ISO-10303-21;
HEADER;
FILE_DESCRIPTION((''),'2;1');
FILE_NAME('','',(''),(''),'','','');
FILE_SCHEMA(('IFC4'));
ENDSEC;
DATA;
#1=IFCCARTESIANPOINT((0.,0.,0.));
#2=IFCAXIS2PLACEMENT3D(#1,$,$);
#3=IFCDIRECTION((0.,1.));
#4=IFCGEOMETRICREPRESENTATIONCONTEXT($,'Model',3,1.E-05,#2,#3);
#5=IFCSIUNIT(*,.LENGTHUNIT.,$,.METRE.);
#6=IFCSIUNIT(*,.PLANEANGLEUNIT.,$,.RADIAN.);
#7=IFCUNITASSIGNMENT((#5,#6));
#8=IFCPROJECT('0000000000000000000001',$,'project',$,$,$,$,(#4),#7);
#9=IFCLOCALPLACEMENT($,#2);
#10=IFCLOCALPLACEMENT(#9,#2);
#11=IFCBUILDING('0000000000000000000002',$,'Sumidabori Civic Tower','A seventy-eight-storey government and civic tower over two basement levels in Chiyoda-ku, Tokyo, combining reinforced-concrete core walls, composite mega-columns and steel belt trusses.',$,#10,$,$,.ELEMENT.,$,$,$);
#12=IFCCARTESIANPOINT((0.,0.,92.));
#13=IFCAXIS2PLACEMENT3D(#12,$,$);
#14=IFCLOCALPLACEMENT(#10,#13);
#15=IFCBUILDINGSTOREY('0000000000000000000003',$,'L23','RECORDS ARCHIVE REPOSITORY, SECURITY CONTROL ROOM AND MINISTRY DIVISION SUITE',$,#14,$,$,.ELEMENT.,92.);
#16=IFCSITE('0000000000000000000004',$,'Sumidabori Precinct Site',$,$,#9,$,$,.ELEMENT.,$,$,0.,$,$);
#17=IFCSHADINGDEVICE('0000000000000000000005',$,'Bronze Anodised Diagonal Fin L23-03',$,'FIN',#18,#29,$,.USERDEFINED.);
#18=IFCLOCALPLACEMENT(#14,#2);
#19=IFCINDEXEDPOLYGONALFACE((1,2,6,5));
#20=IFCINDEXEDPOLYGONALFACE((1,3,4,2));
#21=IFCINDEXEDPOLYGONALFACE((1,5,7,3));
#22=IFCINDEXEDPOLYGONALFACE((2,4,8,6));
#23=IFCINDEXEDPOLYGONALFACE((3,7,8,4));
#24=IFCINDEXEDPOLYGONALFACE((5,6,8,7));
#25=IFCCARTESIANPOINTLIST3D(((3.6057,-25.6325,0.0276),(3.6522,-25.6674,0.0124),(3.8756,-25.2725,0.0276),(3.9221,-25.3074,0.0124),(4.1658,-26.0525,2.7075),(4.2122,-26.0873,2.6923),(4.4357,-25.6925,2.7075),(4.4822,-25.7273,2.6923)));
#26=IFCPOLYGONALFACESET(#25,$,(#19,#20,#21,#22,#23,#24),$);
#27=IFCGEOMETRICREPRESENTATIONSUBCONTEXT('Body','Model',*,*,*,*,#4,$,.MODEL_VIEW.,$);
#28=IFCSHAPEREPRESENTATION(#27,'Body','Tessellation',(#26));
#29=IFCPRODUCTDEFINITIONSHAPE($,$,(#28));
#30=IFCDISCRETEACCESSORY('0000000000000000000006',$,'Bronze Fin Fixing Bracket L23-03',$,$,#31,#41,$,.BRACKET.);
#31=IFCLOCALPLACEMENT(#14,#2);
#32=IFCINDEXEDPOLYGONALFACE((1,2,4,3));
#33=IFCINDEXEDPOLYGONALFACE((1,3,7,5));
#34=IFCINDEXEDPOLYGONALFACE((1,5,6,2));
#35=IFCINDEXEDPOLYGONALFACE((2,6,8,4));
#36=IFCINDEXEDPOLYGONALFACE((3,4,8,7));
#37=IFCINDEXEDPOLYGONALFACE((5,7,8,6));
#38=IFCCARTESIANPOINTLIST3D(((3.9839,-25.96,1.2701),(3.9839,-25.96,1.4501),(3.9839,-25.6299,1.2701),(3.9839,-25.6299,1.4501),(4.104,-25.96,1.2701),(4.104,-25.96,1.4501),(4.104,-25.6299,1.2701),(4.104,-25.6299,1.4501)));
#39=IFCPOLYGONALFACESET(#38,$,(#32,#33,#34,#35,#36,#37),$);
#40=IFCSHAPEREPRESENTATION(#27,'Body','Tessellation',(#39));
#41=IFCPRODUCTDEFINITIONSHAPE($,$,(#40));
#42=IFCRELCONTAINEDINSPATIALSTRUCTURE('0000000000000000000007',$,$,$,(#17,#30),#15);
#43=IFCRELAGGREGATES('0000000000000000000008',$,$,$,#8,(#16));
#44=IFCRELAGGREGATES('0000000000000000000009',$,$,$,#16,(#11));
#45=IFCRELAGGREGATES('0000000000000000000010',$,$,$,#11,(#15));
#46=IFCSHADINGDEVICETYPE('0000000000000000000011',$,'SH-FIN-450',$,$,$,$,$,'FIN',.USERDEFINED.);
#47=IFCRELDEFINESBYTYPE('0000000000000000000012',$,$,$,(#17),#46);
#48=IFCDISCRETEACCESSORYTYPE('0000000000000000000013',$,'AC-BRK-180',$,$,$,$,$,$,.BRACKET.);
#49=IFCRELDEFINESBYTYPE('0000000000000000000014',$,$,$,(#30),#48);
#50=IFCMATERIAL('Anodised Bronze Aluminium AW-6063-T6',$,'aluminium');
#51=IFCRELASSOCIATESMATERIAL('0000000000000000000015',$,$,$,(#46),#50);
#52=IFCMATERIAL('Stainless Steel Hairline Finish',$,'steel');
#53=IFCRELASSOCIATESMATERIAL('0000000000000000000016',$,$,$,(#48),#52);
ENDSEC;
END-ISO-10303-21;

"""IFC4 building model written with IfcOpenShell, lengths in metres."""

from ifc_helpers import new_model, si_unit, direction, frame, origin, origin_2d, place, context, subcontext, project, spatial, rectangle, extrude, source, transform, mapped, material, material_profile, profile_set, type_object, element, save


model = new_model("IFC4")

# Units and contexts
model_context = context("Model", 3, precision=1e-05, world=origin(), true_north=direction((0.0, 1.0)))
body_context = subcontext(model_context, "Body", "Model", "MODEL_VIEW")
ifc_project = project(units=[si_unit("LENGTHUNIT", "METRE"), si_unit("PLANEANGLEUNIT", "RADIAN")], contexts=[model_context])

# Site, building, storey
site_placement = place(None, origin())
site = spatial("IfcSite", under=ifc_project, at=site_placement, Name="Sumidabori Precinct Site", CompositionType="ELEMENT", RefElevation=0.0)
building_placement = place(site_placement, origin())
building = spatial("IfcBuilding", under=site, at=building_placement, Name="Sumidabori Civic Tower", Description="A seventy-eight-storey government and civic tower over two basement levels in Chiyoda-ku, Tokyo, combining reinforced-concrete core walls, composite mega-columns and steel belt trusses.", CompositionType="ELEMENT")
storey_placement = place(building_placement, frame((0.0, 0.0, 92.0)))
storey = spatial("IfcBuildingStorey", under=building, at=storey_placement, Name="L23", Description="RECORDS ARCHIVE REPOSITORY, SECURITY CONTROL ROOM AND MINISTRY DIVISION SUITE", CompositionType="ELEMENT", Elevation=92.0)

# Shared definitions
ifc_material_1 = material(Name="Anodised Bronze Aluminium AW-6063-T6", Category="aluminium")

# Shading device
ifc_material_profile_1 = material_profile(ifc_material_1, rectangle(XDim=0.0601, YDim=0.45, at=origin_2d()), Name="BRONZE FIN 450x60")
ifc_profile_set_1 = profile_set([ifc_material_profile_1], Name="Anodised Bronze Aluminium AW-6063-T6")
shading_device_type = type_object("IfcShadingDeviceType", Name="SH-FIN-450", ElementType="FIN", PredefinedType="USERDEFINED", material=ifc_profile_set_1)
shared_shape_1 = source(origin(), body_context, "Body", "SweptSolid", [
    extrude(rectangle(XDim=0.0601, YDim=0.45, at=origin_2d()), origin(), (0.0, 0.0, 1.0), 2.7698),
])
shading_device_placement = place(storey_placement, frame((3.7639, -25.47, 0.02), z_axis=(0.202199, -0.151605, 0.967539), x_axis=(0.774112, -0.580415, -0.252722)))
element("IfcShadingDevice", 1, at=shading_device_placement, inside=storey, type_object=shading_device_type, Name="Bronze Anodised Diagonal Fin L23-03", ObjectType="FIN", PredefinedType="USERDEFINED", context=body_context, shape_type="MappedRepresentation", body=[
    mapped(shared_shape_1, transform((0.0, 0.0, 0.0), x_axis=(1.0, 0.0, 0.0), y_axis=(0.0, 1.0, 0.0), z_axis=(0.0, 0.0, 1.0), scale=1.0)),
])

# Discrete accessory
ifc_material_2 = material(Name="Stainless Steel Hairline Finish", Category="steel")
ifc_material_profile_2 = material_profile(ifc_material_2, rectangle(XDim=0.1201, YDim=0.1799, at=origin_2d()), Name="STEEL BRACKET 180x120")
ifc_profile_set_2 = profile_set([ifc_material_profile_2], Name="Stainless Steel Hairline Finish")
discrete_accessory_type = type_object("IfcDiscreteAccessoryType", Name="AC-BRK-180", PredefinedType="BRACKET", material=ifc_profile_set_2)
shared_shape_2 = source(origin(), body_context, "Body", "SweptSolid", [
    extrude(rectangle(XDim=0.1201, YDim=0.1799, at=origin_2d()), origin(), (0.0, 0.0, 1.0), 0.3301),
])
discrete_accessory_placement = place(storey_placement, frame((4.0439, -25.6299, 1.3601), z_axis=(0.0, -1.0, 0.0), x_axis=(1.0, 0.0, 0.0)))
element("IfcDiscreteAccessory", 2, at=discrete_accessory_placement, inside=storey, type_object=discrete_accessory_type, Name="Bronze Fin Fixing Bracket L23-03", PredefinedType="BRACKET", context=body_context, shape_type="MappedRepresentation", body=[
    mapped(shared_shape_2, transform((0.0, 0.0, 0.0), x_axis=(1.0, 0.0, 0.0), y_axis=(0.0, 1.0, 0.0), z_axis=(0.0, 0.0, 1.0), scale=1.0)),
])

save(model, "model.ifc")
